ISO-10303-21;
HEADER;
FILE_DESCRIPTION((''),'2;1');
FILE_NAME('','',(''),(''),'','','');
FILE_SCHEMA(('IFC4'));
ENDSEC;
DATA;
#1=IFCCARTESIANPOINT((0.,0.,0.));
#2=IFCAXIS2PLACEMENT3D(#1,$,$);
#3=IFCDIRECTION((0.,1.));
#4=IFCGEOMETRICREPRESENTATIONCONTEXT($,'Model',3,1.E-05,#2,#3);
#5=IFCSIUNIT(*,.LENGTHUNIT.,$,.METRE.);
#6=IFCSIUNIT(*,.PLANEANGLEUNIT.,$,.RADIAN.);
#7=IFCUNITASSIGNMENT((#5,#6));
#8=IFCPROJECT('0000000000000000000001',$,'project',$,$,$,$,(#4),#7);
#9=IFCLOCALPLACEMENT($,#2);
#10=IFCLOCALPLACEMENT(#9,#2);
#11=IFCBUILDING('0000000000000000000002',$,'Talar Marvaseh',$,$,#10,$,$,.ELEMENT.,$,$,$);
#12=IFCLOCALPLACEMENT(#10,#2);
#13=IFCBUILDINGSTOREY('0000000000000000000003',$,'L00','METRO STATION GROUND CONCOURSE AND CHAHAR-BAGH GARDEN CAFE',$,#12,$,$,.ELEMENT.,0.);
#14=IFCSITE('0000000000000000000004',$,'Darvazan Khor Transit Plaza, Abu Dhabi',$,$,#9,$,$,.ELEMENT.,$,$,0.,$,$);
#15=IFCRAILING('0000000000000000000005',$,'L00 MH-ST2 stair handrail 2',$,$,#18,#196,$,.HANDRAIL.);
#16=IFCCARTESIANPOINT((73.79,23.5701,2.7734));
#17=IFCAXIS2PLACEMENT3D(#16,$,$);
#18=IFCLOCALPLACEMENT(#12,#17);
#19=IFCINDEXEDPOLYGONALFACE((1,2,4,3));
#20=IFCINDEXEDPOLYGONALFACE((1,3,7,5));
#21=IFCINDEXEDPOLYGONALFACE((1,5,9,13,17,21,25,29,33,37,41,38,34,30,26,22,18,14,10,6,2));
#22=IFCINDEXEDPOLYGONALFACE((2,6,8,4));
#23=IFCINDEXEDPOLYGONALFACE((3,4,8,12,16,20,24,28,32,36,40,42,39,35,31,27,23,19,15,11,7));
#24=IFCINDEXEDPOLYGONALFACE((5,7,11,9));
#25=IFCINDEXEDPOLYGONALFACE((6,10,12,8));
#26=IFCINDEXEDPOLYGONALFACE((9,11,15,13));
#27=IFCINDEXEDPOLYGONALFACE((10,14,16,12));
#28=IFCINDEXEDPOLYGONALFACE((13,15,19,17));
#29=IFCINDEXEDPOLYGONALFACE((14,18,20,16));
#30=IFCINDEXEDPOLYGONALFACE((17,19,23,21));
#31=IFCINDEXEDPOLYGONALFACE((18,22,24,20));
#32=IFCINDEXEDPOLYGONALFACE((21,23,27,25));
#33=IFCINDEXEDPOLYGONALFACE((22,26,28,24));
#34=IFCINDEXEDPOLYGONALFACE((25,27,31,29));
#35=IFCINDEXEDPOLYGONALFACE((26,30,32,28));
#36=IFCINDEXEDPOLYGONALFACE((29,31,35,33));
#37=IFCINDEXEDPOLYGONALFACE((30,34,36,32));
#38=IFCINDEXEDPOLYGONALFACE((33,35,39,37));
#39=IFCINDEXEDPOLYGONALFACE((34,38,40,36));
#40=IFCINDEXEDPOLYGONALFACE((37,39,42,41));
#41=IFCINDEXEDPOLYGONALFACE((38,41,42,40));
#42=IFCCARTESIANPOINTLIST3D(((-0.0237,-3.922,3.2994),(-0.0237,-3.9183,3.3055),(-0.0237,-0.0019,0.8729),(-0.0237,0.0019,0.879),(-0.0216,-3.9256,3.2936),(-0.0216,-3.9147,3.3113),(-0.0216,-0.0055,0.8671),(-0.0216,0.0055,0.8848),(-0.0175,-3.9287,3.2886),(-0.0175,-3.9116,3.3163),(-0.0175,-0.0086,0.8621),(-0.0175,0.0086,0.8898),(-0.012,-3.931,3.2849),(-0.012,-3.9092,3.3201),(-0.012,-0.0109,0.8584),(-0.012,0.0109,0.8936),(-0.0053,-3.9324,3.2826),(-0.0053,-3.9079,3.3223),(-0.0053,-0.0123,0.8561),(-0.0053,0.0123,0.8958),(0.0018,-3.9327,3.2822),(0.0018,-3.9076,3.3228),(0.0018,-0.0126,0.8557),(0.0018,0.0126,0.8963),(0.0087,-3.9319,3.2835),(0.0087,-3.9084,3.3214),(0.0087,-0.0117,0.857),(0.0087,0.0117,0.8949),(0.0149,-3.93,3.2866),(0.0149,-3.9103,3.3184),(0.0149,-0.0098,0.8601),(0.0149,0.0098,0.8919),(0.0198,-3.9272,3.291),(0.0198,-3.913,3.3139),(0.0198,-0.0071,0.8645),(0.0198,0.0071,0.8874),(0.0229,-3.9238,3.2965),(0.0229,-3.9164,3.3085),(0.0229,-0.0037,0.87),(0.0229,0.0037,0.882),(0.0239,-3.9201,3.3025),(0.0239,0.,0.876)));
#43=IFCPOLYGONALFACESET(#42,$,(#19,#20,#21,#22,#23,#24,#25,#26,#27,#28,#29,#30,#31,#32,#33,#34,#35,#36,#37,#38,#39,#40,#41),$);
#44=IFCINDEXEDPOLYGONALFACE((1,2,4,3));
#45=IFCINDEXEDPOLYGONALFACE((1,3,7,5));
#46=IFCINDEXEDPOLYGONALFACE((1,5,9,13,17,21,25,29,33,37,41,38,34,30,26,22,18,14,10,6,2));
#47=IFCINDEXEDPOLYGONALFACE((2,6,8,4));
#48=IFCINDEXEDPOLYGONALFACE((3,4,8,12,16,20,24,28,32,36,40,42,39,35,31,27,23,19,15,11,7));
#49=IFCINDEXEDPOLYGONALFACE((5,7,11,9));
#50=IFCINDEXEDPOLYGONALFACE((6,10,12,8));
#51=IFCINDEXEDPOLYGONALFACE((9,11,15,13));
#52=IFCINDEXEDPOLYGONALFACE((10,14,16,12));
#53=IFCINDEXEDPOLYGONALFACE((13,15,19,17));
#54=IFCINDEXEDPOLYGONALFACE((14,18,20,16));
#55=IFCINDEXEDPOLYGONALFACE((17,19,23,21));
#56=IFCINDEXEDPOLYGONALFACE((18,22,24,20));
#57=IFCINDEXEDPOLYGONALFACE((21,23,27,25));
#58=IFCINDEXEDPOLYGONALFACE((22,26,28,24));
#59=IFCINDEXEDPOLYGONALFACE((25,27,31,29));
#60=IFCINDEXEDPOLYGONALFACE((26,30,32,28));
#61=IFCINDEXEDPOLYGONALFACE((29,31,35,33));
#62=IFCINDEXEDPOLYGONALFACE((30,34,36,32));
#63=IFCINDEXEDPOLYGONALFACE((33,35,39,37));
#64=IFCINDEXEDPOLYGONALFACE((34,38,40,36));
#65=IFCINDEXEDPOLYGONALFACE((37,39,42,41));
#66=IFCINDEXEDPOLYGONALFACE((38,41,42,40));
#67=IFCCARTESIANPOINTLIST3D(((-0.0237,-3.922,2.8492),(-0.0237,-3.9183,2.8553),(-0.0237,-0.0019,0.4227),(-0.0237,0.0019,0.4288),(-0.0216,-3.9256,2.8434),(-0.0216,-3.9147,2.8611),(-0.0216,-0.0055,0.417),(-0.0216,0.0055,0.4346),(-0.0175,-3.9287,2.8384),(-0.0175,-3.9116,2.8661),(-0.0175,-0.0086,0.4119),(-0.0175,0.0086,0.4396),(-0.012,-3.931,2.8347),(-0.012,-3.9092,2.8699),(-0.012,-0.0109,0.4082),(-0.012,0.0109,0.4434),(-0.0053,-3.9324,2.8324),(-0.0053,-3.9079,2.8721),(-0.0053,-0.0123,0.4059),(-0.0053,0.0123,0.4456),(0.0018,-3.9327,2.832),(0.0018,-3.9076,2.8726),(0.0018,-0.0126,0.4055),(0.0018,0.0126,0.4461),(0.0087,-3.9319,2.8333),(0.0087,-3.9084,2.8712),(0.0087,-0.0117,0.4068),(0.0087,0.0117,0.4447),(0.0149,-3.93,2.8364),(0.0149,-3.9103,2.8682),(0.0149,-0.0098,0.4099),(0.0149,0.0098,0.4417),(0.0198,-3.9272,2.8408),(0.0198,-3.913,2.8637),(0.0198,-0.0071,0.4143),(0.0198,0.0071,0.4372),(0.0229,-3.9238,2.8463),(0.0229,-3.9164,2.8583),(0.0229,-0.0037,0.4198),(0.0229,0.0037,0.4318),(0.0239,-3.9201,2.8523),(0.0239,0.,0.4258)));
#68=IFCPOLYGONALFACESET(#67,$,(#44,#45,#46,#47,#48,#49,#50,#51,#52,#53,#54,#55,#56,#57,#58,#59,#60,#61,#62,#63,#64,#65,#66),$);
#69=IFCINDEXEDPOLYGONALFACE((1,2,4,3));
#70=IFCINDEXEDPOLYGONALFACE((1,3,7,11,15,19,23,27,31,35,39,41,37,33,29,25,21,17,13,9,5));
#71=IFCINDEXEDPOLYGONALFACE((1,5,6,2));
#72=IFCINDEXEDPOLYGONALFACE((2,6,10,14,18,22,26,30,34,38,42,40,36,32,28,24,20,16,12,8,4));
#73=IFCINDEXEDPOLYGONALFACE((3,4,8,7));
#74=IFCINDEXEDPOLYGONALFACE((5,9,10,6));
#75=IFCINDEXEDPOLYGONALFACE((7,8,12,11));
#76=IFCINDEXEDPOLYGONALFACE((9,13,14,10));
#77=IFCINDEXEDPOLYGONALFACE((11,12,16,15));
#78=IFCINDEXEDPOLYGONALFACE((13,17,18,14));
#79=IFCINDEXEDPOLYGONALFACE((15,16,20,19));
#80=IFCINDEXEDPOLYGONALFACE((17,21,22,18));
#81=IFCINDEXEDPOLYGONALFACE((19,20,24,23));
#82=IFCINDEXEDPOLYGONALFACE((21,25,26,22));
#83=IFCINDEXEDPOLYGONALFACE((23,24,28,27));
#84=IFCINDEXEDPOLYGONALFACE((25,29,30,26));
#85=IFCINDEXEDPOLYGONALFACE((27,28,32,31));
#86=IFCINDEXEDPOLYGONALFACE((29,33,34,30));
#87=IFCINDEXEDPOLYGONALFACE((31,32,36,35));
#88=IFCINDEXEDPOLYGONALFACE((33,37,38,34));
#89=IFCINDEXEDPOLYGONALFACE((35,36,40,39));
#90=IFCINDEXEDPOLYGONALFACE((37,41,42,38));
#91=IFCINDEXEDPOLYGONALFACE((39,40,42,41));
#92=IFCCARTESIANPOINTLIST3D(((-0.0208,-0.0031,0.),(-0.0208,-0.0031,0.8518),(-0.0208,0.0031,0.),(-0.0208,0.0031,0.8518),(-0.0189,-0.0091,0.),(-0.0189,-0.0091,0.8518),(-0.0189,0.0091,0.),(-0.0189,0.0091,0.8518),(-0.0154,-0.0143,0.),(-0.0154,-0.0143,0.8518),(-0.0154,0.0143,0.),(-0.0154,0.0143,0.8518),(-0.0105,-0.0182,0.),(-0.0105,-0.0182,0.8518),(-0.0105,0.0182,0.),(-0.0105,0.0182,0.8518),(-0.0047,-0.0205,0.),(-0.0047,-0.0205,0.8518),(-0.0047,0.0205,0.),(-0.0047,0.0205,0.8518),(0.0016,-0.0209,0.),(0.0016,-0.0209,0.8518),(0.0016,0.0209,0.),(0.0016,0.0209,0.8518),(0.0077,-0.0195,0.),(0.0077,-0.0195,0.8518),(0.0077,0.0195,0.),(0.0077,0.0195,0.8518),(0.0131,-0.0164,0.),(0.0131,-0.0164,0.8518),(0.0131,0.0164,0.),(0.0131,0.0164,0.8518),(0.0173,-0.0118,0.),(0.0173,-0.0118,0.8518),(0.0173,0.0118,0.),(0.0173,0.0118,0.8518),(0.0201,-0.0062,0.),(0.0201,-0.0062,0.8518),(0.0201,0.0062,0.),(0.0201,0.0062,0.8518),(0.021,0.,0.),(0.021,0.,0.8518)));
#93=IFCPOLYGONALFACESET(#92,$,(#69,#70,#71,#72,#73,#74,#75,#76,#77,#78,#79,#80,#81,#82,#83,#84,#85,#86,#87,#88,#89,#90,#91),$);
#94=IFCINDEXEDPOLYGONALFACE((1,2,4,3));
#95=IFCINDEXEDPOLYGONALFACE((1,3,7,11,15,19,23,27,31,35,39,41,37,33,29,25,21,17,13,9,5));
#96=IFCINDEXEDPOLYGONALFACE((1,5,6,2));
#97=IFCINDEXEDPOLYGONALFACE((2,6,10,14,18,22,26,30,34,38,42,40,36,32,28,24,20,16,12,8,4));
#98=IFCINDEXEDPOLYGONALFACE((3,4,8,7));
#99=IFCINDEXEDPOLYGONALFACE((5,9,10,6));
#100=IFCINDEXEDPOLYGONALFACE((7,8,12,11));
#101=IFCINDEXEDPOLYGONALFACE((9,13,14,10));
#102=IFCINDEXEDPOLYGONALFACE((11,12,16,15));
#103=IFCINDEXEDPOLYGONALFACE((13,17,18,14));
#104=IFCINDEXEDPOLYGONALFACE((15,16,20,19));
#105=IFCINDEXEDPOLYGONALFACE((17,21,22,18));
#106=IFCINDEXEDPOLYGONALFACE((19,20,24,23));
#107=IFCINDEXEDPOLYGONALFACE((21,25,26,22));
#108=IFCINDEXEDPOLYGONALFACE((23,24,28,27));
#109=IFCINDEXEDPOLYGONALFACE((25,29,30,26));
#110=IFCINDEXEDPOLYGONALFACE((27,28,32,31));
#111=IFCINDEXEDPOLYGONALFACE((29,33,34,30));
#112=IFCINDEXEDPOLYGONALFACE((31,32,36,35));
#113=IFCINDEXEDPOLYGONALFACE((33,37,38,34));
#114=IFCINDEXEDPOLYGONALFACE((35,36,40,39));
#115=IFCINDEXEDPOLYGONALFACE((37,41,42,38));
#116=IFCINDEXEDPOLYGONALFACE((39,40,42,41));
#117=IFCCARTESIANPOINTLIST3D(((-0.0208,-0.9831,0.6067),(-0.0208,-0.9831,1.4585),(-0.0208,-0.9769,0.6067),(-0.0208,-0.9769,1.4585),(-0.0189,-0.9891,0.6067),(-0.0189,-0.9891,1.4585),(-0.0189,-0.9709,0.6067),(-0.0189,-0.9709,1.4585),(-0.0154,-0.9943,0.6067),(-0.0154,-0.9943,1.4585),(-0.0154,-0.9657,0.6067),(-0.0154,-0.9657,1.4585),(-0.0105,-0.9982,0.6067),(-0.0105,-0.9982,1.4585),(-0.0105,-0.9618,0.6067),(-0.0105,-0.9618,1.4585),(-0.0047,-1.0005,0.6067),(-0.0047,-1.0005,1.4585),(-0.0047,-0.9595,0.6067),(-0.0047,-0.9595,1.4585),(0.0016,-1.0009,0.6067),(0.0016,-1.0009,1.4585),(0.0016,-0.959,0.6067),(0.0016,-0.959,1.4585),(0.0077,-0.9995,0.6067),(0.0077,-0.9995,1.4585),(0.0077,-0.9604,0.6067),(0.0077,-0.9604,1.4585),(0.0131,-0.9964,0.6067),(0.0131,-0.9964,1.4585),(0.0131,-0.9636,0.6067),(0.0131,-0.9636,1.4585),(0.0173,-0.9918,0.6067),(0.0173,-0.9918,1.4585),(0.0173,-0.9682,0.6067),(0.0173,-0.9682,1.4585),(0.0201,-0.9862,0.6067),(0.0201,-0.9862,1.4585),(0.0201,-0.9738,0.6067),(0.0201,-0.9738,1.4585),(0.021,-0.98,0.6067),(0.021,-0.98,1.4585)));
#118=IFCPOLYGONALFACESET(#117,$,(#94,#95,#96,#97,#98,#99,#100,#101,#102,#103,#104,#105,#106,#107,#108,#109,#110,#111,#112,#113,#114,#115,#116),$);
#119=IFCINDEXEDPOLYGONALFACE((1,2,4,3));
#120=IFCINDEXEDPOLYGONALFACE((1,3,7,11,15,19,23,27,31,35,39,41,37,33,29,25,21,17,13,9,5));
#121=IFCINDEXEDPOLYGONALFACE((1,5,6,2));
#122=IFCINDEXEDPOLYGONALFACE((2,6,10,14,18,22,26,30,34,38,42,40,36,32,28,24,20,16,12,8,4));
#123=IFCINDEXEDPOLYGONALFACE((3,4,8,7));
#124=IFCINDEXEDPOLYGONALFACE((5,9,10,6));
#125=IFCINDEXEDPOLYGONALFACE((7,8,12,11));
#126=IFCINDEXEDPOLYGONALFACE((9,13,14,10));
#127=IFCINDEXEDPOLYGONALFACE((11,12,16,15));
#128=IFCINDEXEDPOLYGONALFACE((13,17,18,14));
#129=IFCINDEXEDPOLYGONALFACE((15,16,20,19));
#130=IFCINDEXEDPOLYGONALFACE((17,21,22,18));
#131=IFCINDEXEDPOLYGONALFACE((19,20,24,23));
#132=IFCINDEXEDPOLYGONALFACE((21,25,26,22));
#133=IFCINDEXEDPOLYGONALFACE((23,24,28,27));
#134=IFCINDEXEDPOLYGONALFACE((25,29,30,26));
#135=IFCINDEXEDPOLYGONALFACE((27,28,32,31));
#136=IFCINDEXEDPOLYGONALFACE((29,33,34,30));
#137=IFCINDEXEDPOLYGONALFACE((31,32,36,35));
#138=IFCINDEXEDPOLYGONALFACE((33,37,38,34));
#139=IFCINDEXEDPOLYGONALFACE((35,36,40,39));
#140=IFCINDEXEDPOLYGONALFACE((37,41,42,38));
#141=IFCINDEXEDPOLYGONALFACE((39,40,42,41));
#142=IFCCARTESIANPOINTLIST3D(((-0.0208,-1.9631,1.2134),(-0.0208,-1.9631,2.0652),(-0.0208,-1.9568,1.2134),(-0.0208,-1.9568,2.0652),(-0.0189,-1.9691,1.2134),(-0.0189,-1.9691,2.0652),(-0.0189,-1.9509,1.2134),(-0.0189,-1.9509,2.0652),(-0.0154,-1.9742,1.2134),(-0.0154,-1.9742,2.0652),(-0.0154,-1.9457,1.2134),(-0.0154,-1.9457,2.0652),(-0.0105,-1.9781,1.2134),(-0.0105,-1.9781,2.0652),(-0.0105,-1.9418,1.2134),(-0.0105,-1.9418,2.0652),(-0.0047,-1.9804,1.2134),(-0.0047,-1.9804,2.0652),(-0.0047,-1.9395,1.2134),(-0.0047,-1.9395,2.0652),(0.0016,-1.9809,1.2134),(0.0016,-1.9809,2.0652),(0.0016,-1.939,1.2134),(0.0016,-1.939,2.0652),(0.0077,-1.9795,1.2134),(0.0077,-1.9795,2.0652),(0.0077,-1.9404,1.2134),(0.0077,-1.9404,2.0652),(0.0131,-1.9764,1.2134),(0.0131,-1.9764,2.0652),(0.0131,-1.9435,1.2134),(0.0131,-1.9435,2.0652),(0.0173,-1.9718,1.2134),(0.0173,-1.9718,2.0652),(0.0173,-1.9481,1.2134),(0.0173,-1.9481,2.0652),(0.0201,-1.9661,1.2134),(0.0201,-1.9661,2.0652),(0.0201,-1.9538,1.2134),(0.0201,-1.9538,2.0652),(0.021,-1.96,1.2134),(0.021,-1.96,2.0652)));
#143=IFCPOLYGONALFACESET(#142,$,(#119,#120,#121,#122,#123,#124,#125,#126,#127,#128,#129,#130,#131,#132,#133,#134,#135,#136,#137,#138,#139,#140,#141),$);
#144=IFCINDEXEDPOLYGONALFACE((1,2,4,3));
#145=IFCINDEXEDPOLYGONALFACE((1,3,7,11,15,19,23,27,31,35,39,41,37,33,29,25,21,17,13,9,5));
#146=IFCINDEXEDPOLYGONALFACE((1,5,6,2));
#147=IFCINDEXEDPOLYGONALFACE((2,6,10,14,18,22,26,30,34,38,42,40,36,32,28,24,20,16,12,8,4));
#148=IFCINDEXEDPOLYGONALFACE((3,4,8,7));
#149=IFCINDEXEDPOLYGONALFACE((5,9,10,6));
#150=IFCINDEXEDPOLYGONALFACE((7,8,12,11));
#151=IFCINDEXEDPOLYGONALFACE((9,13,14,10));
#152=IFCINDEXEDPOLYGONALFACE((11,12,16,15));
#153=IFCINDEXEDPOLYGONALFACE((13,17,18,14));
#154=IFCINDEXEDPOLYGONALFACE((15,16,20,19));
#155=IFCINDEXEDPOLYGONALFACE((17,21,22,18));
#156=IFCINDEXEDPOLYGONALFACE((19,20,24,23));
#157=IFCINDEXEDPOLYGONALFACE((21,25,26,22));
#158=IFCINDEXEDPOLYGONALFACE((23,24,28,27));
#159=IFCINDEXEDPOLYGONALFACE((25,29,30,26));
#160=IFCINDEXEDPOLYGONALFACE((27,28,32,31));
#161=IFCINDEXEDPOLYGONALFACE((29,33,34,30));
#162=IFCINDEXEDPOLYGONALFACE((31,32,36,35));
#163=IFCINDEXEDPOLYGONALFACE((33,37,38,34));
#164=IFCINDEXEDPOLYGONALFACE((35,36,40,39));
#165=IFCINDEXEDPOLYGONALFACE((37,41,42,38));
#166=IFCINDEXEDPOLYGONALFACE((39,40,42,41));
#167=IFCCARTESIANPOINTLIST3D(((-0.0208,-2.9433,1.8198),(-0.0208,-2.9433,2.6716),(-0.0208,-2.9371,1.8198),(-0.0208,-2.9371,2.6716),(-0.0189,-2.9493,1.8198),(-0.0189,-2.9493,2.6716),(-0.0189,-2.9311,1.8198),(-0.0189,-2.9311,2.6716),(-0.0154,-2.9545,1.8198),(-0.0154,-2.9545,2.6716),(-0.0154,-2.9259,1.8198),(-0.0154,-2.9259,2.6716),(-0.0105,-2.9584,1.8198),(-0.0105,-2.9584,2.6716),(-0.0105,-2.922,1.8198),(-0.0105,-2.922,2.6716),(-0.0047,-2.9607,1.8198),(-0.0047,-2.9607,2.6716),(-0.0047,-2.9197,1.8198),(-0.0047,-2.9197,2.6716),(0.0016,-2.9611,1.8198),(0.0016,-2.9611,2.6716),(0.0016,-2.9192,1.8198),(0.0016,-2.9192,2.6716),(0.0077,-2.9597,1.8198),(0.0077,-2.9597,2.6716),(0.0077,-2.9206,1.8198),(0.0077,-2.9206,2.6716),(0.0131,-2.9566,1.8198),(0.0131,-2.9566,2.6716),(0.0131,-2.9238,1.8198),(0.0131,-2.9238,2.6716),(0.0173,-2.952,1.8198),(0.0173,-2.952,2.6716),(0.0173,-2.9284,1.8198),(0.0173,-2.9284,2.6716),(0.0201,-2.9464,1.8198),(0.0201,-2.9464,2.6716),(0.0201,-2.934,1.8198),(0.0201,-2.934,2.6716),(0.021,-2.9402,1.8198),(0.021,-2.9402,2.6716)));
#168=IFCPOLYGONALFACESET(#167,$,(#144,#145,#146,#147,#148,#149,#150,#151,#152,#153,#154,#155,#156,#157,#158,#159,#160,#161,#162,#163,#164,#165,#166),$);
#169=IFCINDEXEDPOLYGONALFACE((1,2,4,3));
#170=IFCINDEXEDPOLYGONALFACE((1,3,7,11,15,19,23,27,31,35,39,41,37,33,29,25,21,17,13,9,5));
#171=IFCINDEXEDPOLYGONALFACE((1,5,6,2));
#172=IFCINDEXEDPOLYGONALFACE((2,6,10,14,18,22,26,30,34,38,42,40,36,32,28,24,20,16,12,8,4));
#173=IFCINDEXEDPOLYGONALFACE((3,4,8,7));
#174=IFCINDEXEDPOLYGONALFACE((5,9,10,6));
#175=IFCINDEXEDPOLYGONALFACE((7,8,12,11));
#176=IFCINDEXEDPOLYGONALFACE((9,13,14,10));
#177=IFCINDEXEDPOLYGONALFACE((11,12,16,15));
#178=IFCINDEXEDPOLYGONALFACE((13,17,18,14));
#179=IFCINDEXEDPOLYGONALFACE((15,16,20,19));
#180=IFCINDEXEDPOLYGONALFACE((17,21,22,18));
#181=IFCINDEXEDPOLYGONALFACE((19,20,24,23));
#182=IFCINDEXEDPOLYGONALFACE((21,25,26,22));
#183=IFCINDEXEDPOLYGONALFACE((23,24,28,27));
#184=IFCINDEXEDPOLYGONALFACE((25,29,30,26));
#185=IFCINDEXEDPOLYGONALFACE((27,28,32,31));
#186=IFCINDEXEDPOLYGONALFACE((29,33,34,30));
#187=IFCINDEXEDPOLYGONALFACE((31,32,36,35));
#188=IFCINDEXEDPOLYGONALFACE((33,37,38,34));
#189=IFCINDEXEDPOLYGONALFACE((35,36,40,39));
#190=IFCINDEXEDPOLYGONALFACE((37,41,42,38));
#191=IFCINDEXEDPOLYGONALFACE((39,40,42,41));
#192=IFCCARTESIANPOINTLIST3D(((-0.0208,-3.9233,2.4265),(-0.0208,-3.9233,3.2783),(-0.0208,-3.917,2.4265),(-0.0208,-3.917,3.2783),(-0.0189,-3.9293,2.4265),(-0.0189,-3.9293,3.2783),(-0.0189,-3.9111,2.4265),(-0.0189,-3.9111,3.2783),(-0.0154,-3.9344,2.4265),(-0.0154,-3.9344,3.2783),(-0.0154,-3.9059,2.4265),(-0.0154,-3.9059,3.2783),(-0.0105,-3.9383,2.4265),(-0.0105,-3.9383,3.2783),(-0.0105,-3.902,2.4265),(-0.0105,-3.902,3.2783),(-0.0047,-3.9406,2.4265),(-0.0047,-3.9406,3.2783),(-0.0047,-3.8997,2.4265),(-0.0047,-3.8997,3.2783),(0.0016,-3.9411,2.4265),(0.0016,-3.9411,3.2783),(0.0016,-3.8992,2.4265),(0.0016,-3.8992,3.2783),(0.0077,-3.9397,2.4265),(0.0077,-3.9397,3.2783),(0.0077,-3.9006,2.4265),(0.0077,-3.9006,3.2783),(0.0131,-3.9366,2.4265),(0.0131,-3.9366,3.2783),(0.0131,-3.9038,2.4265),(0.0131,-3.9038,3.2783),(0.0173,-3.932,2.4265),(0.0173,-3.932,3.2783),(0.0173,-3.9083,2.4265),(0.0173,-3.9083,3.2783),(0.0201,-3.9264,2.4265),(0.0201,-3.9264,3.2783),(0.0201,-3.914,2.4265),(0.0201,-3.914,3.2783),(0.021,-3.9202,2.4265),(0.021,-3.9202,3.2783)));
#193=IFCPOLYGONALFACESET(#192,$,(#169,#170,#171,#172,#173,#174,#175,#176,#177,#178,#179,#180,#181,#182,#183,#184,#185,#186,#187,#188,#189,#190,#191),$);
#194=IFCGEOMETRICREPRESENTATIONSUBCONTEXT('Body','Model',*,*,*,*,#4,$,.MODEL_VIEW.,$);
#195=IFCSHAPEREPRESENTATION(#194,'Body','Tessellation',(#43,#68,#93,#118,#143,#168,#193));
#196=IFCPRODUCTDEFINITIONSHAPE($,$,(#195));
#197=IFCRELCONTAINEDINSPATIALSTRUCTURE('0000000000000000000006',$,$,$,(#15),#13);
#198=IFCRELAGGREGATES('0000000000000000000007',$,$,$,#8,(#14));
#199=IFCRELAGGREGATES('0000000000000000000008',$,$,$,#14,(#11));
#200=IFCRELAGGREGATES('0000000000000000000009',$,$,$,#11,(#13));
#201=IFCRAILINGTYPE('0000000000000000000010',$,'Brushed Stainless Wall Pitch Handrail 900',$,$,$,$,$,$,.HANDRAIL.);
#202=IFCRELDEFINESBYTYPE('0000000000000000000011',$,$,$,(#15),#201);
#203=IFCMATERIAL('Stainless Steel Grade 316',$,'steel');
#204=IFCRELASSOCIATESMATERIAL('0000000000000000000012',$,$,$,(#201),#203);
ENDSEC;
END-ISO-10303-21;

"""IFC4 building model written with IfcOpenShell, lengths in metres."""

from ifc_helpers import new_model, si_unit, direction, frame, origin, origin_2d, place, context, subcontext, project, spatial, circle, extrude, material, type_object, element, save


model = new_model("IFC4")

# Units and contexts
model_context = context("Model", 3, precision=1e-05, world=origin(), true_north=direction((0.0, 1.0)))
body_context = subcontext(model_context, "Body", "Model", "MODEL_VIEW")
ifc_project = project(units=[si_unit("LENGTHUNIT", "METRE"), si_unit("PLANEANGLEUNIT", "RADIAN")], contexts=[model_context])

# Site, building, storey
site_placement = place(None, origin())
site = spatial("IfcSite", under=ifc_project, at=site_placement, Name="Darvazan Khor Transit Plaza, Abu Dhabi", CompositionType="ELEMENT", RefElevation=0.0)
building_placement = place(site_placement, origin())
building = spatial("IfcBuilding", under=site, at=building_placement, Name="Talar Marvaseh", CompositionType="ELEMENT")
storey_placement = place(building_placement, origin())
storey = spatial("IfcBuildingStorey", under=building, at=storey_placement, Name="L00", Description="METRO STATION GROUND CONCOURSE AND CHAHAR-BAGH GARDEN CAFE", CompositionType="ELEMENT", Elevation=0.0)

# Railing
ifc_material_1 = material(Name="Stainless Steel Grade 316", Category="steel")
railing_type_1 = type_object("IfcRailingType", Name="Brushed Stainless Wall Pitch Handrail 900", PredefinedType="HANDRAIL", material=ifc_material_1)
railing_1_placement = place(storey_placement, frame((73.79, 23.5701, 2.7734)))
element("IfcRailing", 1, at=railing_1_placement, inside=storey, type_object=railing_type_1, Name="L00 MH-ST2 stair handrail 2", PredefinedType="HANDRAIL", context=body_context, shape_type="SweptSolid", body=[
    extrude(circle(Radius=0.0239, at=origin_2d()), frame((0.0, 0.0, 0.876), z_axis=(0.0, -0.85029, 0.526315), x_axis=(1.0, 0.0, 0.0)), (0.0, 0.0, 1.0), 4.6104),
    extrude(circle(Radius=0.0239, at=origin_2d()), frame((0.0, 0.0, 0.4258), z_axis=(0.0, -0.85029, 0.526315), x_axis=(1.0, 0.0, 0.0)), (0.0, 0.0, 1.0), 4.6104),
    extrude(circle(Radius=0.021, at=origin_2d()), origin(), (0.0, 0.0, 1.0), 0.8518),
    extrude(circle(Radius=0.021, at=origin_2d()), frame((0.0, -0.98, 0.6067)), (0.0, 0.0, 1.0), 0.8518),
    extrude(circle(Radius=0.021, at=origin_2d()), frame((0.0, -1.96, 1.2134)), (0.0, 0.0, 1.0), 0.8518),
    extrude(circle(Radius=0.021, at=origin_2d()), frame((0.0, -2.9402, 1.8198)), (0.0, 0.0, 1.0), 0.8518),
    extrude(circle(Radius=0.021, at=origin_2d()), frame((0.0, -3.9202, 2.4265)), (0.0, 0.0, 1.0), 0.8518),
])

save(model, "model.ifc")
